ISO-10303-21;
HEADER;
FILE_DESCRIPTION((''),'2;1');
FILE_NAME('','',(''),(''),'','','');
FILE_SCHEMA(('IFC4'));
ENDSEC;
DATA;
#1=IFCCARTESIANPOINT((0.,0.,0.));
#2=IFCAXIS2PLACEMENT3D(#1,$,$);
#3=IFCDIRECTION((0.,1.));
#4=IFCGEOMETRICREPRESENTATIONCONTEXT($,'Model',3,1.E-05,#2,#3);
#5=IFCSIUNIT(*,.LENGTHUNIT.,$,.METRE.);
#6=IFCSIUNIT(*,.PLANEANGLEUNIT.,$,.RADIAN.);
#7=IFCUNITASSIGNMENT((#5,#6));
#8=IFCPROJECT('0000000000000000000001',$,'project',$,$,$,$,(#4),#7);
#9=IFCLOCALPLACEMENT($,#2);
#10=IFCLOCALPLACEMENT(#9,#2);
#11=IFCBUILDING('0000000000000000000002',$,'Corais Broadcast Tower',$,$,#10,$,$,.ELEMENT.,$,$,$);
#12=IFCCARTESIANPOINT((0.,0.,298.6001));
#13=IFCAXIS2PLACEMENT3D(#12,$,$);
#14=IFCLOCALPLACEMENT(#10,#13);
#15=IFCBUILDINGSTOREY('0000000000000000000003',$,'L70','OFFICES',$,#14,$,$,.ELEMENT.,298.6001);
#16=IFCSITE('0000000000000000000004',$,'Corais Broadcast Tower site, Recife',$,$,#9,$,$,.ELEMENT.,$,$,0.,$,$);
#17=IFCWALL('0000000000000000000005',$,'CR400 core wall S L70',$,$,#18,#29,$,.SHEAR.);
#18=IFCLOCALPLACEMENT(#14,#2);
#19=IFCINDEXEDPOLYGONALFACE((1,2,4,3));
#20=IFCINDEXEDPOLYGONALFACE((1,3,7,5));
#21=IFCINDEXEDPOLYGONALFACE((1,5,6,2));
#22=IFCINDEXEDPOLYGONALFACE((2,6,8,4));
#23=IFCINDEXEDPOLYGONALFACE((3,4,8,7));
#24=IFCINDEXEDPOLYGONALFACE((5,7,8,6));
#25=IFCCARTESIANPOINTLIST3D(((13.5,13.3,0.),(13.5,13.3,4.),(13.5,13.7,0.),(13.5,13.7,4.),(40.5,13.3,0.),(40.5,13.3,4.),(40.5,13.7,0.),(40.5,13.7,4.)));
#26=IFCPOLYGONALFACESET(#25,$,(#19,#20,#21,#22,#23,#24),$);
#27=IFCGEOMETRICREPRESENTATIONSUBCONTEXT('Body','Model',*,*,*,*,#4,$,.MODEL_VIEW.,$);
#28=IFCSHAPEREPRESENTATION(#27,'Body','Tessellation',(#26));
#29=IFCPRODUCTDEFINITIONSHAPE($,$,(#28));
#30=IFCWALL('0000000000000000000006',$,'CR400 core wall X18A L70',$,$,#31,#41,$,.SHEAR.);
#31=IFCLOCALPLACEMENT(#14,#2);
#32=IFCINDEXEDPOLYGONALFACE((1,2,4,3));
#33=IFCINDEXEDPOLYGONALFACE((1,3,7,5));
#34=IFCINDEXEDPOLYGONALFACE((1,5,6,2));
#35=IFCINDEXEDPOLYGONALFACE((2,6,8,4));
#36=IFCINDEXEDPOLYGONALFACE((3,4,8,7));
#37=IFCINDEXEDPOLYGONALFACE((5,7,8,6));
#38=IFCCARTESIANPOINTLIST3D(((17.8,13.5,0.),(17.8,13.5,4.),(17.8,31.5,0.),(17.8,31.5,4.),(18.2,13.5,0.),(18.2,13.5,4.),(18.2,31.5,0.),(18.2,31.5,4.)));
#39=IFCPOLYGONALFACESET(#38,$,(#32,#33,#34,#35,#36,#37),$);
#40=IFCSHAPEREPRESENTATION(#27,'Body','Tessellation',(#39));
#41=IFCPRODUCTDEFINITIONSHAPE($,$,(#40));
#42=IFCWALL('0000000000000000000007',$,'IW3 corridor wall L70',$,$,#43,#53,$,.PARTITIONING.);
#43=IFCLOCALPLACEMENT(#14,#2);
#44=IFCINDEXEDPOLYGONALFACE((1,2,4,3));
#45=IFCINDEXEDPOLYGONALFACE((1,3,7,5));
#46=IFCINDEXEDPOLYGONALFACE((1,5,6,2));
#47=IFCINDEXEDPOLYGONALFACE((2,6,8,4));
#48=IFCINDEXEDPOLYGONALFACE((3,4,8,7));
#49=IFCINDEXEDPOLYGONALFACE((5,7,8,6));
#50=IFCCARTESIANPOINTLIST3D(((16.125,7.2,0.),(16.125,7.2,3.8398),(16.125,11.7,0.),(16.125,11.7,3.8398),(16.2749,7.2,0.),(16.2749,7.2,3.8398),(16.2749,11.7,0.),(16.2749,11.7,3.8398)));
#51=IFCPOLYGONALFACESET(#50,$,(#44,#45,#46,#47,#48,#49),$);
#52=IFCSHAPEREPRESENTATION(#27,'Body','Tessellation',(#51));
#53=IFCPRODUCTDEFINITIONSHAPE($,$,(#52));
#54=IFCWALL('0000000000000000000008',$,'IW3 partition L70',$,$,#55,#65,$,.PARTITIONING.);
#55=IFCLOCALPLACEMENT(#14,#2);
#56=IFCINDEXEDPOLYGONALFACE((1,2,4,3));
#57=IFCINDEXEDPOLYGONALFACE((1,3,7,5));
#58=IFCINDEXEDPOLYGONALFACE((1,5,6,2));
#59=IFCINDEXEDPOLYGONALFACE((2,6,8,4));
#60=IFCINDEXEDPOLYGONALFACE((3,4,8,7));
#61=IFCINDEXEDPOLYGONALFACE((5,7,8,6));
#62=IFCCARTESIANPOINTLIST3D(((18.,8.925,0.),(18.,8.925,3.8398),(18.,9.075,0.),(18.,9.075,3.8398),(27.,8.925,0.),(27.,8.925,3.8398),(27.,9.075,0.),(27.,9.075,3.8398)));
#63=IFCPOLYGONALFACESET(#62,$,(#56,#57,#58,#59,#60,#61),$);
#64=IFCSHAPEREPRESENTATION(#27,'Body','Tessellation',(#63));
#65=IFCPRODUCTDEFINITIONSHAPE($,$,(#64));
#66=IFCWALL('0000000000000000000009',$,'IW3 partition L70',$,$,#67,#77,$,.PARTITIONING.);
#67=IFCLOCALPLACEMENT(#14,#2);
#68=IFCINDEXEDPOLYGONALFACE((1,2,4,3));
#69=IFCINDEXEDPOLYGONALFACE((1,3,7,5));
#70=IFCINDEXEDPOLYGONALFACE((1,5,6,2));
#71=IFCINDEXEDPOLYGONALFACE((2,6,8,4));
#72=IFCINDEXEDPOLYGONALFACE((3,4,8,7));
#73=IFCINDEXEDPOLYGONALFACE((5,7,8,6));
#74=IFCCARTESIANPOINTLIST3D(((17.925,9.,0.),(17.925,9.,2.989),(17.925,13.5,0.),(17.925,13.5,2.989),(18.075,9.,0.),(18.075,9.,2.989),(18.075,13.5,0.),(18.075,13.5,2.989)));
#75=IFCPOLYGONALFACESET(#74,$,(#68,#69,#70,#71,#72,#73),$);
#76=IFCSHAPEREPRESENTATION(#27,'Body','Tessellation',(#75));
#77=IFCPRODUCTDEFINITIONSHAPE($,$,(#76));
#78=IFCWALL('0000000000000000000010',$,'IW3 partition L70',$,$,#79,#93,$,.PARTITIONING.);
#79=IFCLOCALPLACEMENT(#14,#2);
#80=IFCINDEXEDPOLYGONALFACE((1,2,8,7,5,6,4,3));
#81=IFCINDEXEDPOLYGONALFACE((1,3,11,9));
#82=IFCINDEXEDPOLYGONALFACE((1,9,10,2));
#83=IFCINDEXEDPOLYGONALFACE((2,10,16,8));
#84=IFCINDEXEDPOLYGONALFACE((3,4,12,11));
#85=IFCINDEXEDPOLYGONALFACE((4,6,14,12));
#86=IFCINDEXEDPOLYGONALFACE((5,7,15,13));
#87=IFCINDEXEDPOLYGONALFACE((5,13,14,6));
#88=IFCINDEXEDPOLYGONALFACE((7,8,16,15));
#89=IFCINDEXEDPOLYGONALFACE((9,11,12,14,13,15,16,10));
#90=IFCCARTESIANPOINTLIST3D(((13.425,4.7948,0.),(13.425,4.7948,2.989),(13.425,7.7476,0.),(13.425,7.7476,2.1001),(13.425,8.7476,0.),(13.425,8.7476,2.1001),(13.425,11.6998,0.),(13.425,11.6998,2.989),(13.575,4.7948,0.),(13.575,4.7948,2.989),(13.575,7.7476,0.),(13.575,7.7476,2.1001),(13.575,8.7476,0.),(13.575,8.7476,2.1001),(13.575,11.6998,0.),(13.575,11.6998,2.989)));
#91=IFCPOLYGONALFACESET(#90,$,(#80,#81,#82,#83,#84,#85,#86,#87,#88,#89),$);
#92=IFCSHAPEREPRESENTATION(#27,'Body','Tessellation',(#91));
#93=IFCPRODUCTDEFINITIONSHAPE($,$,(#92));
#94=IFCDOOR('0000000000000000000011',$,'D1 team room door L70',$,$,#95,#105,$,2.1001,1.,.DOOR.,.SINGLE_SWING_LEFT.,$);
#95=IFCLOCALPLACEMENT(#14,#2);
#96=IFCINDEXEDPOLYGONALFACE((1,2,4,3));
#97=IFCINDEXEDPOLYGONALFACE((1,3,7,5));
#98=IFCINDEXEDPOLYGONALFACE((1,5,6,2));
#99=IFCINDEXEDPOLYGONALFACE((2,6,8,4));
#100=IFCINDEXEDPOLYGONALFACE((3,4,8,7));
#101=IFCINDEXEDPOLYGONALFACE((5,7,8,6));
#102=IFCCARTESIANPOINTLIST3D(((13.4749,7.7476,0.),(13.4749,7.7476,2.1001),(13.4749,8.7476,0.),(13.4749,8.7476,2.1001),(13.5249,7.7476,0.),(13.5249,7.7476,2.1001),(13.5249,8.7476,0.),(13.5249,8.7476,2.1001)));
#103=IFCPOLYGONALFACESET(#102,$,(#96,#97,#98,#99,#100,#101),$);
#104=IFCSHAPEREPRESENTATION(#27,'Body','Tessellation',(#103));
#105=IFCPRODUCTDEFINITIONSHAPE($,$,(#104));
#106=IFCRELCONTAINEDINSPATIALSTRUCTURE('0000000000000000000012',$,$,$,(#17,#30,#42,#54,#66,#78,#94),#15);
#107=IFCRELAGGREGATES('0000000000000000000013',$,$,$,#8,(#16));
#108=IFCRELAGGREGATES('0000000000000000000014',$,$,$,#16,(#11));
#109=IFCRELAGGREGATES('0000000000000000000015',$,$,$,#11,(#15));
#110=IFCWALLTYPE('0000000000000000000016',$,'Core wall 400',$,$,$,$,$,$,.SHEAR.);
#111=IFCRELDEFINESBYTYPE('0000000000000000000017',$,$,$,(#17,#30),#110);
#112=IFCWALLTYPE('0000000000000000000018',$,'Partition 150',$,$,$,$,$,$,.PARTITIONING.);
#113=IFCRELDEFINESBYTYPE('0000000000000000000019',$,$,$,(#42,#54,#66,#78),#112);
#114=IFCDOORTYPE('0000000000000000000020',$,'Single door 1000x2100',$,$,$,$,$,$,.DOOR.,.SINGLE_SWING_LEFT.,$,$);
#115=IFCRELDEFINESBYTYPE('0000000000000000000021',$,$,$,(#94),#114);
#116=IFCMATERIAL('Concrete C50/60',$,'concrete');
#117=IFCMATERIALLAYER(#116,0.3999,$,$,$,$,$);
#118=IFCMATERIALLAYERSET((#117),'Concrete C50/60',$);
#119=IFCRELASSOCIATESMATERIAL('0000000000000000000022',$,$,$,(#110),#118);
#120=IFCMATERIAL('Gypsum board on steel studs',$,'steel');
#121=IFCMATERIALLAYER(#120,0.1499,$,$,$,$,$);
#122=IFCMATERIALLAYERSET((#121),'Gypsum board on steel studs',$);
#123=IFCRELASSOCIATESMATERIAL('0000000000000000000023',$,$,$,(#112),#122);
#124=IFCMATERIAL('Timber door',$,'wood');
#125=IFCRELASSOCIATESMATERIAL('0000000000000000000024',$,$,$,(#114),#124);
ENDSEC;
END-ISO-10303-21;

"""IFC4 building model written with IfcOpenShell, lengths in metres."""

from ifc_helpers import new_model, si_unit, direction, frame, frame_2d, origin, place, context, subcontext, project, spatial, rectangle, extrude, material, layer, layer_set, type_object, element, fill, save


model = new_model("IFC4")

# Units and contexts
model_context = context("Model", 3, precision=1e-05, world=origin(), true_north=direction((0.0, 1.0)))
body_context = subcontext(model_context, "Body", "Model", "MODEL_VIEW")
ifc_project = project(units=[si_unit("LENGTHUNIT", "METRE"), si_unit("PLANEANGLEUNIT", "RADIAN")], contexts=[model_context])

# Site, building, storey
site_placement = place(None, origin())
site = spatial("IfcSite", under=ifc_project, at=site_placement, Name="Corais Broadcast Tower site, Recife", CompositionType="ELEMENT", RefElevation=0.0)
building_placement = place(site_placement, origin())
building = spatial("IfcBuilding", under=site, at=building_placement, Name="Corais Broadcast Tower", CompositionType="ELEMENT")
storey_placement = place(building_placement, frame((0.0, 0.0, 298.6001)))
storey = spatial("IfcBuildingStorey", under=building, at=storey_placement, Name="L70", Description="OFFICES", CompositionType="ELEMENT", Elevation=298.6001)

# Walls
ifc_material_1 = material(Name="Concrete C50/60", Category="concrete")
ifc_layer_1 = layer(ifc_material_1, 0.3999)
ifc_layer_set_1 = layer_set([ifc_layer_1], Name="Concrete C50/60")
wall_type_1 = type_object("IfcWallType", Name="Core wall 400", PredefinedType="SHEAR", material=ifc_layer_set_1)
wall_1_placement = place(storey_placement, frame((13.5, 13.5, 0.0), z_axis=(0.0, 0.0, 1.0), x_axis=(1.0, 0.0, 0.0)))
element("IfcWall", 1, at=wall_1_placement, inside=storey, type_object=wall_type_1, Name="CR400 core wall S L70", PredefinedType="SHEAR", context=body_context, shape_type="SweptSolid", body=[
    extrude(rectangle(XDim=27.0, YDim=0.3999, at=frame_2d((13.5, 0.0))), origin(), (0.0, 0.0, 1.0), 4.0),
])
wall_2_placement = place(storey_placement, frame((18.0, 13.5, 0.0), z_axis=(0.0, 0.0, 1.0), x_axis=(0.0, 1.0, 0.0)))
element("IfcWall", 2, at=wall_2_placement, inside=storey, type_object=wall_type_1, Name="CR400 core wall X18A L70", PredefinedType="SHEAR", context=body_context, shape_type="SweptSolid", body=[
    extrude(rectangle(XDim=18.0, YDim=0.3999, at=frame_2d((9.0, 0.0))), origin(), (0.0, 0.0, 1.0), 4.0),
])
ifc_material_2 = material(Name="Gypsum board on steel studs", Category="steel")
ifc_layer_2 = layer(ifc_material_2, 0.1499)
ifc_layer_set_2 = layer_set([ifc_layer_2], Name="Gypsum board on steel studs")
wall_type_2 = type_object("IfcWallType", Name="Partition 150", PredefinedType="PARTITIONING", material=ifc_layer_set_2)
wall_3_placement = place(storey_placement, frame((16.2, 11.7, 0.0), z_axis=(0.0, 0.0, 1.0), x_axis=(0.0, -1.0, 0.0)))
element("IfcWall", 3, at=wall_3_placement, inside=storey, type_object=wall_type_2, Name="IW3 corridor wall L70", PredefinedType="PARTITIONING", context=body_context, shape_type="SweptSolid", body=[
    extrude(rectangle(XDim=4.5, YDim=0.1499, at=frame_2d((2.25, 0.0))), origin(), (0.0, 0.0, 1.0), 3.8398),
])
wall_4_placement = place(storey_placement, frame((18.0, 9.0, 0.0), z_axis=(0.0, 0.0, 1.0), x_axis=(1.0, 0.0, 0.0)))
element("IfcWall", 4, at=wall_4_placement, inside=storey, type_object=wall_type_2, Name="IW3 partition L70", PredefinedType="PARTITIONING", context=body_context, shape_type="SweptSolid", body=[
    extrude(rectangle(XDim=9.0, YDim=0.1499, at=frame_2d((4.5, 0.0))), origin(), (0.0, 0.0, 1.0), 3.8398),
])
wall_5_placement = place(storey_placement, frame((18.0, 13.5, 0.0), z_axis=(0.0, 0.0, 1.0), x_axis=(0.0, -1.0, 0.0)))
element("IfcWall", 5, at=wall_5_placement, inside=storey, type_object=wall_type_2, Name="IW3 partition L70", PredefinedType="PARTITIONING", context=body_context, shape_type="SweptSolid", body=[
    extrude(rectangle(XDim=4.5, YDim=0.1499, at=frame_2d((2.25, 0.0))), origin(), (0.0, 0.0, 1.0), 2.989),
])

# Wall, opening, door
wall_6_placement = place(storey_placement, frame((13.5, 11.7, 0.0), z_axis=(0.0, 0.0, 1.0), x_axis=(0.0, -1.0, 0.0)))
wall_6 = element("IfcWall", 6, at=wall_6_placement, inside=storey, type_object=wall_type_2, Name="IW3 partition L70", PredefinedType="PARTITIONING", context=body_context, shape_type="SweptSolid", body=[
    extrude(rectangle(XDim=6.905, YDim=0.1499, at=frame_2d((3.4526, 0.0))), origin(), (0.0, 0.0, 1.0), 2.989),
])
opening_placement = place(wall_6_placement, frame((2.9524, 0.0, 0.0)))
opening = element("IfcOpeningElement", 7, at=opening_placement, cuts=wall_6, PredefinedType="OPENING", context=body_context, shape_type="SweptSolid", body=[
    extrude(rectangle(XDim=1.0, YDim=2.1001, at=frame_2d((0.5, 1.05))), frame((0.0, 0.085, 0.0), z_axis=(0.0, -1.0, 0.0), x_axis=(1.0, 0.0, 0.0)), (0.0, 0.0, 1.0), 0.1699),
])
ifc_material_3 = material(Name="Timber door", Category="wood")
door_type = type_object("IfcDoorType", Name="Single door 1000x2100", OperationType="SINGLE_SWING_LEFT", PredefinedType="DOOR", material=ifc_material_3)
door_placement = place(opening_placement, origin())
door = element("IfcDoor", 8, at=door_placement, inside=storey, type_object=door_type, Name="D1 team room door L70", OperationType="SINGLE_SWING_LEFT", OverallHeight=2.1001, OverallWidth=1.0, PredefinedType="DOOR", context=body_context, shape_type="SweptSolid", body=[
    extrude(rectangle(XDim=1.0, YDim=2.1001, at=frame_2d((0.5, 1.05))), frame((0.0, 0.0249, 0.0), z_axis=(0.0, -1.0, 0.0), x_axis=(1.0, 0.0, 0.0)), (0.0, 0.0, 1.0), 0.05),
])
fill(opening, door)

save(model, "model.ifc")
